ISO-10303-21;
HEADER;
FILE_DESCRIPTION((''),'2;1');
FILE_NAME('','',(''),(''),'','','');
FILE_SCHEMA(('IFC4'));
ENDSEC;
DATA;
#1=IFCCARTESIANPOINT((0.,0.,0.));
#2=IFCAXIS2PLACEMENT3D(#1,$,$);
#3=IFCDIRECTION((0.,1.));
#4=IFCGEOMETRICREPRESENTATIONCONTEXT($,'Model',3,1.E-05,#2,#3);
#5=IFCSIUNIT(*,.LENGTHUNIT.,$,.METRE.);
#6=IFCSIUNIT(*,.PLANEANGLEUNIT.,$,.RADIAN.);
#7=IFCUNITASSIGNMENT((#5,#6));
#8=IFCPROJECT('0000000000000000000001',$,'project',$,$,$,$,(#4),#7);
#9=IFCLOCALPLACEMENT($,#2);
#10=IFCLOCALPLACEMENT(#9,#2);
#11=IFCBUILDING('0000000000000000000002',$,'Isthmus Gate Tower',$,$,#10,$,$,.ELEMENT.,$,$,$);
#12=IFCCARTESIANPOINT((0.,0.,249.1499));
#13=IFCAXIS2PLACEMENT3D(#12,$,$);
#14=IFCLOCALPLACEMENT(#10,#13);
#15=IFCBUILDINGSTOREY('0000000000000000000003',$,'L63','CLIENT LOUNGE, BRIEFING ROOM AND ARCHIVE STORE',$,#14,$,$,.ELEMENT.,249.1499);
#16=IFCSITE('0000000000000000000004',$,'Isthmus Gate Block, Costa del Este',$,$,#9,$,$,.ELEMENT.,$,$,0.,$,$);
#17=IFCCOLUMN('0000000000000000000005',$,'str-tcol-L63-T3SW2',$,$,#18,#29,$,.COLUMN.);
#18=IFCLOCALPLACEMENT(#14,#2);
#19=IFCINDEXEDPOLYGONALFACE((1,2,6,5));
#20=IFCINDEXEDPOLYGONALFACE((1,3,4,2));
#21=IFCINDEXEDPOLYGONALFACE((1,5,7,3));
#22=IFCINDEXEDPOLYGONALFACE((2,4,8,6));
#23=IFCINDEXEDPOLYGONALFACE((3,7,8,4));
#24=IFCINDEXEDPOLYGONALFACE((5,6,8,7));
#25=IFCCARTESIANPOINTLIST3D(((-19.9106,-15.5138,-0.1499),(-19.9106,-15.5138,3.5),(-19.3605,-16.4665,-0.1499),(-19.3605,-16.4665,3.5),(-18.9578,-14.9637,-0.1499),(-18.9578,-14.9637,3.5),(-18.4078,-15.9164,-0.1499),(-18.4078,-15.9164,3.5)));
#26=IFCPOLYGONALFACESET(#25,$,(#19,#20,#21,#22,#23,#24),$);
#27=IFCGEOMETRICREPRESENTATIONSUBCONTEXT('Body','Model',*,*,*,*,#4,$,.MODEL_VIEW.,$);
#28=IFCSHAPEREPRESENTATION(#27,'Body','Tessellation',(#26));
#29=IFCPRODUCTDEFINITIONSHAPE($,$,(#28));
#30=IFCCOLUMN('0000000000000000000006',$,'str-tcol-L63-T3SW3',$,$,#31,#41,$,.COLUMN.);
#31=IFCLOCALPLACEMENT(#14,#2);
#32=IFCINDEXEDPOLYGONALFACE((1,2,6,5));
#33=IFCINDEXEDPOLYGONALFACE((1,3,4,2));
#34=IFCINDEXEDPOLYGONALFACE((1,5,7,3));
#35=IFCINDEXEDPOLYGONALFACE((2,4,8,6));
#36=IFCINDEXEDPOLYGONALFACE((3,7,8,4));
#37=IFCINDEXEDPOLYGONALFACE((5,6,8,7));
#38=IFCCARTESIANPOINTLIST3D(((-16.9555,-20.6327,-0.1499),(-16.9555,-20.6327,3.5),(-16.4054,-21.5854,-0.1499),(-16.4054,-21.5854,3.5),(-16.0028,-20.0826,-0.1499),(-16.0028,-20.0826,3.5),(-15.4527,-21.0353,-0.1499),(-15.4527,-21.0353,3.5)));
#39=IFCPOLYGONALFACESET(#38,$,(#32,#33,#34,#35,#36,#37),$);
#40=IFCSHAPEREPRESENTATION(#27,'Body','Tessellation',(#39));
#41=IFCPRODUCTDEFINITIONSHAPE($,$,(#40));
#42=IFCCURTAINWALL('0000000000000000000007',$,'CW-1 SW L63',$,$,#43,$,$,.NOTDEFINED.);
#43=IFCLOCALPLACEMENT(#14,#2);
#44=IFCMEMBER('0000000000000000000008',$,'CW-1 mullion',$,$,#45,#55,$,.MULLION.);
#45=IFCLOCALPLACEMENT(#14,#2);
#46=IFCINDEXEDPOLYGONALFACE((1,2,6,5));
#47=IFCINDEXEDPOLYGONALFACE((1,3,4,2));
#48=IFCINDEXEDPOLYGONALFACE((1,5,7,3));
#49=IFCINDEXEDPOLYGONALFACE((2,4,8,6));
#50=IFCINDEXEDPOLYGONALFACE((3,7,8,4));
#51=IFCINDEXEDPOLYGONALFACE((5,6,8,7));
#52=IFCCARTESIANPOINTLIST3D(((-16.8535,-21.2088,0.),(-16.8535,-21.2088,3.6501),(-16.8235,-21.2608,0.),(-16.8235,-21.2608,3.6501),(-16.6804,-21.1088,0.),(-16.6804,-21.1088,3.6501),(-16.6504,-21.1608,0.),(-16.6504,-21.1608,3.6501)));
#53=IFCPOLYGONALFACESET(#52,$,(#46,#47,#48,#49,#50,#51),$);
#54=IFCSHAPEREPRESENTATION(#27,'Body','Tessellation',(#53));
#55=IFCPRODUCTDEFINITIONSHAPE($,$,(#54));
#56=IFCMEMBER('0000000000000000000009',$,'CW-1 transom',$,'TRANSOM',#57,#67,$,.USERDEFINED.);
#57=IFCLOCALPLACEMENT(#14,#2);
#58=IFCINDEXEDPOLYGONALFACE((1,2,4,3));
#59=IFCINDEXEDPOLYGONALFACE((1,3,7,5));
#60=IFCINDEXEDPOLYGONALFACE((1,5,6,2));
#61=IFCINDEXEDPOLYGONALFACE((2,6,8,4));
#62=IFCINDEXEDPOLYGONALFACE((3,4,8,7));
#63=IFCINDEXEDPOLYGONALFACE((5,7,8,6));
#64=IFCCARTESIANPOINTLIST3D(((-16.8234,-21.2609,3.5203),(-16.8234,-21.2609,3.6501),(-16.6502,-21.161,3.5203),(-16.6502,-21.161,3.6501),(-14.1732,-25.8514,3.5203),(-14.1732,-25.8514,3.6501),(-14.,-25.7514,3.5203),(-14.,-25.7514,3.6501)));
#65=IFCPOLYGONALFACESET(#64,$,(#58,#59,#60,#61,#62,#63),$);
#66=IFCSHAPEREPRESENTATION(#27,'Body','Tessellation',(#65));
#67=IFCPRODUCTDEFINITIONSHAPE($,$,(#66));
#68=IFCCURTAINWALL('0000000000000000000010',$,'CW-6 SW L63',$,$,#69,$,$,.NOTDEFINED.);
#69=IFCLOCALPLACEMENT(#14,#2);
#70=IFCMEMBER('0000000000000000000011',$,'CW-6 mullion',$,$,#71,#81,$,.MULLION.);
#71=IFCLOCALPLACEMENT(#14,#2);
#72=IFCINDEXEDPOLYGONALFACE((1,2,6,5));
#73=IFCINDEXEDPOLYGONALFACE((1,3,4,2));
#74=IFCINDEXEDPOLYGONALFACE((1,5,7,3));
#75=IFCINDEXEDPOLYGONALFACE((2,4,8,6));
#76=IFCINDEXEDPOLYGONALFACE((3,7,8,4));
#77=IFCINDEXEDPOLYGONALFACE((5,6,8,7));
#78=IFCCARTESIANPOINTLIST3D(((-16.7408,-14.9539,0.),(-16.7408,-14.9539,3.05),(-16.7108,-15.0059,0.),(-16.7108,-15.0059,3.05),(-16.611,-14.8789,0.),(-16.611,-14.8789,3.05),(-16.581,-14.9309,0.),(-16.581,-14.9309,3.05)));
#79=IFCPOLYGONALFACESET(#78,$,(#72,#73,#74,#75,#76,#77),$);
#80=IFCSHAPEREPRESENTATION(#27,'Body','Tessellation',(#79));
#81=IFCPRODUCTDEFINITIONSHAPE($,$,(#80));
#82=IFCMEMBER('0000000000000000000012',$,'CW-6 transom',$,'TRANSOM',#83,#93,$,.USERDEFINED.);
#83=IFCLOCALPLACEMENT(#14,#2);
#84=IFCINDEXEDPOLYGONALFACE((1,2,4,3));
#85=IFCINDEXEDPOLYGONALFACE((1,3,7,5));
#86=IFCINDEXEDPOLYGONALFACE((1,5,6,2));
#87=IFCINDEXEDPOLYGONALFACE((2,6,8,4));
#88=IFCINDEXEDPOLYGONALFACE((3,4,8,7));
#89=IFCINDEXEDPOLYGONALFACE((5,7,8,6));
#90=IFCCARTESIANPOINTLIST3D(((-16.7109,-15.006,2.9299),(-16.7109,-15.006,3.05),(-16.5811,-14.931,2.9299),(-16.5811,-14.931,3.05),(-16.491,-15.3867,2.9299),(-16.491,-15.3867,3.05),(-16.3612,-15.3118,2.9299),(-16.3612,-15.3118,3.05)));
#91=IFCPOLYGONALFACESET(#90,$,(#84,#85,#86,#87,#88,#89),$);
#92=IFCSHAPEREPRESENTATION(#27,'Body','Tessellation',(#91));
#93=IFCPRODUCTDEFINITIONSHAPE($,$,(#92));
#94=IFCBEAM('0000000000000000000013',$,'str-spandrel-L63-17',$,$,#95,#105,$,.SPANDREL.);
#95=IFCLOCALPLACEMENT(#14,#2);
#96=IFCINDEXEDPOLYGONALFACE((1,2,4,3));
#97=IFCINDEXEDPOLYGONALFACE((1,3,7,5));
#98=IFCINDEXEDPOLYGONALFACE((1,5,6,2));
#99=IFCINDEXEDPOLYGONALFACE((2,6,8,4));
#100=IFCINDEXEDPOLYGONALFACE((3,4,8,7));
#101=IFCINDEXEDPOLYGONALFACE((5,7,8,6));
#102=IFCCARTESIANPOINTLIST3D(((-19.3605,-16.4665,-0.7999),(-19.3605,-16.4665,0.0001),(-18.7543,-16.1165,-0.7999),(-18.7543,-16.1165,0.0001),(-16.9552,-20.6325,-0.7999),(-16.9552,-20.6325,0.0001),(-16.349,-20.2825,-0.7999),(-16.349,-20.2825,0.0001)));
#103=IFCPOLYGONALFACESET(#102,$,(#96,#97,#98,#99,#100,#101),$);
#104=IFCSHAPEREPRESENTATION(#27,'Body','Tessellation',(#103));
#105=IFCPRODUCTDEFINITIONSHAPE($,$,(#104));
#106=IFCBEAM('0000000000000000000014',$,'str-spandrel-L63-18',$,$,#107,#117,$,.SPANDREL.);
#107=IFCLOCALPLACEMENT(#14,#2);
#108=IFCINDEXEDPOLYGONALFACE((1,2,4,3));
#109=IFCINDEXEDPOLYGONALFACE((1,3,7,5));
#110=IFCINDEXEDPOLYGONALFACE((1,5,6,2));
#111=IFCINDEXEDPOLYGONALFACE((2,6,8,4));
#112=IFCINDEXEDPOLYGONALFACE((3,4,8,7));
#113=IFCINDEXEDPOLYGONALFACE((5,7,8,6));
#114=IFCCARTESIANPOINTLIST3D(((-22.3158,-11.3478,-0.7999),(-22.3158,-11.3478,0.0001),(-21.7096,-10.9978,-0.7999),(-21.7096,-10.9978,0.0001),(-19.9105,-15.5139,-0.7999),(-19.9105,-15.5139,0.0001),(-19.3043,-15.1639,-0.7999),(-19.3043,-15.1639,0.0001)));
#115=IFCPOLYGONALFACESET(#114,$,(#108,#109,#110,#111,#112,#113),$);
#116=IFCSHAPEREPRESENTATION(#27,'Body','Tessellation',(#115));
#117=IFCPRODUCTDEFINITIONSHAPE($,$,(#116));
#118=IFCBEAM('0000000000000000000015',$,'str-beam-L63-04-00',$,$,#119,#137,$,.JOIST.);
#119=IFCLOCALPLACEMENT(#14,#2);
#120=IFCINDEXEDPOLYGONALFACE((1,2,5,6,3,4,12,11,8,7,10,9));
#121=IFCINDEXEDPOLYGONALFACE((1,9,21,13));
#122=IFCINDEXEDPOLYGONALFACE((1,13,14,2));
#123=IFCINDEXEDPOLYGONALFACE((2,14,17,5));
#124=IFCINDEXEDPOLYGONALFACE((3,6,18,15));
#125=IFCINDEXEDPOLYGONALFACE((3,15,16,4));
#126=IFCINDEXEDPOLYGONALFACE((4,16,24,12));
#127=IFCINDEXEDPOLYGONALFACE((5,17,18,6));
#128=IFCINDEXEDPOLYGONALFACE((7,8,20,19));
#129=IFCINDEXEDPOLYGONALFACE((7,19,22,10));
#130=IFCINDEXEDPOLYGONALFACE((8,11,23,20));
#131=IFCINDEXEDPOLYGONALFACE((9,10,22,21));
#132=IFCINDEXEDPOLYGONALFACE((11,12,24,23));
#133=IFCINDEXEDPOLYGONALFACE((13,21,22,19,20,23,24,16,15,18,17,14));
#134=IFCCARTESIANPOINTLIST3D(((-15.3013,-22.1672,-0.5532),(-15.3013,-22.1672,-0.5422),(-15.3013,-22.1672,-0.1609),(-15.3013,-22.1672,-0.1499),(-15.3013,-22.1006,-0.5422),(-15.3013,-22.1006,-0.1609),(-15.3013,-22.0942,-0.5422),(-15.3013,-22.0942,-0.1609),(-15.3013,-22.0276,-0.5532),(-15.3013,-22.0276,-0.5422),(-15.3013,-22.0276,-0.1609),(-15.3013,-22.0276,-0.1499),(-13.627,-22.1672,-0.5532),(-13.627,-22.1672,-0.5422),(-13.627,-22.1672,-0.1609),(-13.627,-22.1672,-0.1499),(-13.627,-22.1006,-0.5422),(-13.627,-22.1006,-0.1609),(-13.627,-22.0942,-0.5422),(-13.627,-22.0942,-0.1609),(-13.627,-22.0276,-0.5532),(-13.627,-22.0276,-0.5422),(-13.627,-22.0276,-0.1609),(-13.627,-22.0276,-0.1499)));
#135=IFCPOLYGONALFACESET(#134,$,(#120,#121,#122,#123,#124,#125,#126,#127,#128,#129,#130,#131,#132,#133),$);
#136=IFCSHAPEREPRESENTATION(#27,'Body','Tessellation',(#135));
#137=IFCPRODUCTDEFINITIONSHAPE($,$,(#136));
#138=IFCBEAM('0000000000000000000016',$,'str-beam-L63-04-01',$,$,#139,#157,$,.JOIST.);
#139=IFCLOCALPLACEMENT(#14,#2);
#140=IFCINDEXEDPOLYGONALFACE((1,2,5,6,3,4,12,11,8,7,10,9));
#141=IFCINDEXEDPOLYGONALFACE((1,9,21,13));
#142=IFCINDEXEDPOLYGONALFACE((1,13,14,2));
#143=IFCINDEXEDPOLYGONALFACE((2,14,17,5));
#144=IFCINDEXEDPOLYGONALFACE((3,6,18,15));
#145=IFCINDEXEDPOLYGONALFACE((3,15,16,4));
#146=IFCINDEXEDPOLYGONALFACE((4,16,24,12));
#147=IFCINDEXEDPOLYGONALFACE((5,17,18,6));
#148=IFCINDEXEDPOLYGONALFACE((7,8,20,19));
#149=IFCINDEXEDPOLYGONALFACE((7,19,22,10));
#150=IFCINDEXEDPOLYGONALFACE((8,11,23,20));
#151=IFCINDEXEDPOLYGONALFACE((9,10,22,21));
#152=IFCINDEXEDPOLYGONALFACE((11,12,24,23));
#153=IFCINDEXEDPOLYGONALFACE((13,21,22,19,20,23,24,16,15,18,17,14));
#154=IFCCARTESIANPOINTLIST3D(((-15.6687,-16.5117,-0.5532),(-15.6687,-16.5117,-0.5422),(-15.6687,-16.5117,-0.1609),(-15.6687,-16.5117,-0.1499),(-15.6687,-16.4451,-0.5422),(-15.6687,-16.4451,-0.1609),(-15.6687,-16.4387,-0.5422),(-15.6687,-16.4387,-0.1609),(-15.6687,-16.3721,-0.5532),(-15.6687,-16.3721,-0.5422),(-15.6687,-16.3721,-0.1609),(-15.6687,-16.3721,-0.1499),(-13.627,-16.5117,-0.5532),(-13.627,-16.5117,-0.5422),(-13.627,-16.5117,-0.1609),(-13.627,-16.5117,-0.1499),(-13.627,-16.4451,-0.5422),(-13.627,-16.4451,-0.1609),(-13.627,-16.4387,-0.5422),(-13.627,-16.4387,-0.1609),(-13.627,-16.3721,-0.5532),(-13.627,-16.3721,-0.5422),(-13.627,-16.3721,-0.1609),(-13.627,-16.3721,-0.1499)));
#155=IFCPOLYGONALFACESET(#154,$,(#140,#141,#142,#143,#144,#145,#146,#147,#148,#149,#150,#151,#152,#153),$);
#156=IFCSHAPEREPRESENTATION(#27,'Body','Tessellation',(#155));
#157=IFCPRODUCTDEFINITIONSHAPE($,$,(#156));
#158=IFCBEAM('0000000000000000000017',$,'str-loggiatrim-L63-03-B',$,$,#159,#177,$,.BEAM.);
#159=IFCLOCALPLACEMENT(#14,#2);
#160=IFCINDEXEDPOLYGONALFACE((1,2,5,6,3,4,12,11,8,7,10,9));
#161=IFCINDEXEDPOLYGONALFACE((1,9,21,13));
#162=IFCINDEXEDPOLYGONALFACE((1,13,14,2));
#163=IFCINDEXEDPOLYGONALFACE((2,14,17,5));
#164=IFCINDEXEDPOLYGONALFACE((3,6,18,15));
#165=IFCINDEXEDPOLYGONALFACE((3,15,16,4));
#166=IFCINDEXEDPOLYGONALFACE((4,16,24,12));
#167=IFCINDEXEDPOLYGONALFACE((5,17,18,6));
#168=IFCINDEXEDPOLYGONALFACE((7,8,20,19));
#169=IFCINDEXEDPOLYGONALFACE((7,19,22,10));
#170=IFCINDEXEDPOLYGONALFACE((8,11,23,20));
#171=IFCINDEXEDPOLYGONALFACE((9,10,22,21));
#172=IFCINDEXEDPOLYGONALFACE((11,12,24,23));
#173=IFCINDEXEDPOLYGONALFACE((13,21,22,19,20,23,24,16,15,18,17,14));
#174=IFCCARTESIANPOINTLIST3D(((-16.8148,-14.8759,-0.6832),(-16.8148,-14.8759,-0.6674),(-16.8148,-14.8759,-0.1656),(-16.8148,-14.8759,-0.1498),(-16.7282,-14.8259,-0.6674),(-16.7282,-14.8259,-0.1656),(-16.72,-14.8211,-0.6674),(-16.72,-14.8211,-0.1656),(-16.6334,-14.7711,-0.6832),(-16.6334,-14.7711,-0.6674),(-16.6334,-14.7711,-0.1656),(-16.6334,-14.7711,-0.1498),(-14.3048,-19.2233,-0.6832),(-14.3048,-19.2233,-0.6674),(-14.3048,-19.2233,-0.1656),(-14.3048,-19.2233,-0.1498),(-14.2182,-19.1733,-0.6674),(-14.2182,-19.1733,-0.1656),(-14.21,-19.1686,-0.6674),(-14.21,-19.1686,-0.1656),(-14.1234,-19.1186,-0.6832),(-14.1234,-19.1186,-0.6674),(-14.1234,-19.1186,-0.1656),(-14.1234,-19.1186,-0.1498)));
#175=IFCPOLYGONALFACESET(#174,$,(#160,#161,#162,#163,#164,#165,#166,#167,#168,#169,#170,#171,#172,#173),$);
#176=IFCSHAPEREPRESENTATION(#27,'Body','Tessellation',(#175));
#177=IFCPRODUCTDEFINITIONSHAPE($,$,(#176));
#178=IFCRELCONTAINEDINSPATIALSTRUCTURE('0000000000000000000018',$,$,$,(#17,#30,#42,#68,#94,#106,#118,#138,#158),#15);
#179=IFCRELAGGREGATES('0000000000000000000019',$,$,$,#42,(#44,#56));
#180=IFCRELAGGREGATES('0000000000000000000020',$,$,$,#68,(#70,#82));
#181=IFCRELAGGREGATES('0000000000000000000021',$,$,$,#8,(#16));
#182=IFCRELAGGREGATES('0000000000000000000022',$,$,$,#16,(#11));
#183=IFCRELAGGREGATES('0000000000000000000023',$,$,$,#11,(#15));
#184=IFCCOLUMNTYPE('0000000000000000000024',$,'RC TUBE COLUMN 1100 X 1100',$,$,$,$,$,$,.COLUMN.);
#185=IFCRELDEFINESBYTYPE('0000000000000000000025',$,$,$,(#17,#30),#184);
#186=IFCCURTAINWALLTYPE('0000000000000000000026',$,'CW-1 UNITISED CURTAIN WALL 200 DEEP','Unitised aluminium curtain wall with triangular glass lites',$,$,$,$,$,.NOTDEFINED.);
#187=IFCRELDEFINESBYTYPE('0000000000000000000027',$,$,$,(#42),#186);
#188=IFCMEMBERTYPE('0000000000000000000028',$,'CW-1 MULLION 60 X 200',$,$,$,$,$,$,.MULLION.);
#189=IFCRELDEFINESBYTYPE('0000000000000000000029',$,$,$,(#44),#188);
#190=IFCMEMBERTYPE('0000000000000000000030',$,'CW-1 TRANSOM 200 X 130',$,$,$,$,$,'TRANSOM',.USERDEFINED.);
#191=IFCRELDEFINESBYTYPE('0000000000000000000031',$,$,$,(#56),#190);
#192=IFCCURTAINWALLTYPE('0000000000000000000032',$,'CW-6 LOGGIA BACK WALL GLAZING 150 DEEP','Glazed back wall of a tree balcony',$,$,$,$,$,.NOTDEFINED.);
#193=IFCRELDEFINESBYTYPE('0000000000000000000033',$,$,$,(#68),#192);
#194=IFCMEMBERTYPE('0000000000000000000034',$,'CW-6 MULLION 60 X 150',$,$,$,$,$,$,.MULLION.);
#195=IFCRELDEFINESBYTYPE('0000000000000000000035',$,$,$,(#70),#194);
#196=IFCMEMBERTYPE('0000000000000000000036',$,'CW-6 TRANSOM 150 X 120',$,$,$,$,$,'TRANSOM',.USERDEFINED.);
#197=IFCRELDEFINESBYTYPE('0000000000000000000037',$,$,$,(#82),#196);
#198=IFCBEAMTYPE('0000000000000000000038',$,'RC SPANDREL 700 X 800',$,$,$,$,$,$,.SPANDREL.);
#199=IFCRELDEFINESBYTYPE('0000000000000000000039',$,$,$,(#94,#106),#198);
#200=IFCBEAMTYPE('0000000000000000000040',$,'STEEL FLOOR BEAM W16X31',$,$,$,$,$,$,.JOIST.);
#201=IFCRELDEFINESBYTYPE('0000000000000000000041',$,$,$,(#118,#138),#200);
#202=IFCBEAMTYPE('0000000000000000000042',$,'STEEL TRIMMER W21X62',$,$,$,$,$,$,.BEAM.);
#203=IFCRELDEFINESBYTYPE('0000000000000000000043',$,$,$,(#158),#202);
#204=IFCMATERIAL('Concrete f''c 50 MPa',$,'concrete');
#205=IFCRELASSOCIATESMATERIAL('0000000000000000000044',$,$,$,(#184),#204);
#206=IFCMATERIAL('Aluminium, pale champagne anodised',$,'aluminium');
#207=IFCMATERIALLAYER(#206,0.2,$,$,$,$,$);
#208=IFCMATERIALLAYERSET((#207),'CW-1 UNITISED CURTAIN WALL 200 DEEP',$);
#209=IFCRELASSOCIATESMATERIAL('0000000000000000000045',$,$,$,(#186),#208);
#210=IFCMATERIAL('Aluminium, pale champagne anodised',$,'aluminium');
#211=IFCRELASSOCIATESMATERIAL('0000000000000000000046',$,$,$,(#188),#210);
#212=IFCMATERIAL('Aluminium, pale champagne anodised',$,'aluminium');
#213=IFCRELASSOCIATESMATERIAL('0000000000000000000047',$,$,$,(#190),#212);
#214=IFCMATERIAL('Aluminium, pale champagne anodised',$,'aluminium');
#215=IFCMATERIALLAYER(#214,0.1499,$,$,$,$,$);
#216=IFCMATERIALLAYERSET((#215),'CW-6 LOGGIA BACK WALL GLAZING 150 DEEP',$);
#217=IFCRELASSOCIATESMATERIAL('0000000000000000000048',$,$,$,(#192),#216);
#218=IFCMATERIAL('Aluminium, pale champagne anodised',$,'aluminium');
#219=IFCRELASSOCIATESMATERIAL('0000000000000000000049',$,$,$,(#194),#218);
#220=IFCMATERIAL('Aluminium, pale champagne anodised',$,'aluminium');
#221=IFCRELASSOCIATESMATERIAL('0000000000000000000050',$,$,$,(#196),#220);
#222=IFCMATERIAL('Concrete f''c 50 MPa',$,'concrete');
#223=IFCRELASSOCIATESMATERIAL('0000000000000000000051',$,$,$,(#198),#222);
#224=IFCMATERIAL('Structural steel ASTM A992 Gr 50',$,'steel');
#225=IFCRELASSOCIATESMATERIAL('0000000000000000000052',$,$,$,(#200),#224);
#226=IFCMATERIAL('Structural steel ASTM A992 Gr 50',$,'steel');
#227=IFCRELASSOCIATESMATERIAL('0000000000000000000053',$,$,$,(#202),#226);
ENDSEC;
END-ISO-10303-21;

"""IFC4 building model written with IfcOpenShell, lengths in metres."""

from ifc_helpers import new_model, si_unit, direction, frame, origin, origin_2d, place, context, subcontext, project, spatial, rectangle, i_section, extrude, material, layer, layer_set, material_profile, profile_set, type_object, element, aggregate, save


model = new_model("IFC4")

# Units and contexts
model_context = context("Model", 3, precision=1e-05, world=origin(), true_north=direction((0.0, 1.0)))
body_context = subcontext(model_context, "Body", "Model", "MODEL_VIEW")
ifc_project = project(units=[si_unit("LENGTHUNIT", "METRE"), si_unit("PLANEANGLEUNIT", "RADIAN")], contexts=[model_context])

# Site, building, storey
site_placement = place(None, origin())
site = spatial("IfcSite", under=ifc_project, at=site_placement, Name="Isthmus Gate Block, Costa del Este", CompositionType="ELEMENT", RefElevation=0.0)
building_placement = place(site_placement, origin())
building = spatial("IfcBuilding", under=site, at=building_placement, Name="Isthmus Gate Tower", CompositionType="ELEMENT")
storey_placement = place(building_placement, frame((0.0, 0.0, 249.1499)))
storey = spatial("IfcBuildingStorey", under=building, at=storey_placement, Name="L63", Description="CLIENT LOUNGE, BRIEFING ROOM AND ARCHIVE STORE", CompositionType="ELEMENT", Elevation=249.1499)

# Columns
ifc_material_1 = material(Name="Concrete f'c 50 MPa", Category="concrete")
ifc_material_profile_1 = material_profile(ifc_material_1, rectangle(XDim=1.1001, YDim=1.1001, at=origin_2d()), Name="RC 1100X1100")
ifc_profile_set_1 = profile_set([ifc_material_profile_1], Name="Concrete f'c 50 MPa")
column_type = type_object("IfcColumnType", Name="RC TUBE COLUMN 1100 X 1100", PredefinedType="COLUMN", material=ifc_profile_set_1)
for number, where, z_axis, x_axis, name in (
    (1, (-19.1592, -15.7151, -0.1499), (0.0, 0.0, 1.0), (0.5, -0.866025, 0.0), "str-tcol-L63-T3SW2"),
    (2, (-16.2041, -20.834, -0.1499), (0.0, 0.0, 1.0), (0.5, -0.866025, 0.0), "str-tcol-L63-T3SW3"),
):
    element("IfcColumn", number, at=place(storey_placement, frame(where, z_axis=z_axis, x_axis=x_axis)), inside=storey, type_object=column_type, Name=name, PredefinedType="COLUMN", context=body_context, shape_type="SweptSolid", body=[
        extrude(rectangle(XDim=1.1001, YDim=1.1001, at=origin_2d()), origin(), (0.0, 0.0, 1.0), 3.6499),
    ])

# Curtain walls, members
ifc_material_2 = material(Name="Aluminium, pale champagne anodised", Category="aluminium")
ifc_layer_1 = layer(ifc_material_2, 0.2)
ifc_layer_set_1 = layer_set([ifc_layer_1], Name="CW-1 UNITISED CURTAIN WALL 200 DEEP")
curtain_wall_type_1 = type_object("IfcCurtainWallType", Name="CW-1 UNITISED CURTAIN WALL 200 DEEP", Description="Unitised aluminium curtain wall with triangular glass lites", PredefinedType="NOTDEFINED", material=ifc_layer_set_1)
curtain_wall_1_placement = place(storey_placement, origin())
curtain_wall_1 = element("IfcCurtainWall", 3, at=curtain_wall_1_placement, inside=storey, type_object=curtain_wall_type_1, Name="CW-1 SW L63", PredefinedType="NOTDEFINED")
ifc_material_3 = material(Name="Aluminium, pale champagne anodised", Category="aluminium")
ifc_material_profile_2 = material_profile(ifc_material_3, rectangle(XDim=0.0601, YDim=0.2, at=origin_2d()), Name="60x200")
ifc_profile_set_2 = profile_set([ifc_material_profile_2], Name="Aluminium, pale champagne anodised")
member_type_1 = type_object("IfcMemberType", Name="CW-1 MULLION 60 X 200", PredefinedType="MULLION", material=ifc_profile_set_2)
member_1_placement = place(storey_placement, frame((-16.752, -21.1848, 0.0), z_axis=(0.0, 0.0, 1.0), x_axis=(0.5, -0.866025, 0.0)))
member_1 = element("IfcMember", 4, at=member_1_placement, type_object=member_type_1, Name="CW-1 mullion", PredefinedType="MULLION", context=body_context, shape_type="SweptSolid", body=[
    extrude(rectangle(XDim=0.0601, YDim=0.2, at=origin_2d()), origin(), (0.0, 0.0, 1.0), 3.6501),
])
ifc_material_4 = material(Name="Aluminium, pale champagne anodised", Category="aluminium")
ifc_material_profile_3 = material_profile(ifc_material_4, rectangle(XDim=0.2, YDim=0.1299, at=origin_2d()), Name="200x130")
ifc_profile_set_3 = profile_set([ifc_material_profile_3], Name="Aluminium, pale champagne anodised")
member_type_2 = type_object("IfcMemberType", Name="CW-1 TRANSOM 200 X 130", ElementType="TRANSOM", PredefinedType="USERDEFINED", material=ifc_profile_set_3)
member_2_placement = place(storey_placement, frame((-16.7368, -21.2109, 3.5852), z_axis=(0.499988, -0.866032, 0.0), x_axis=(0.866032, 0.499988, 0.0)))
member_2 = element("IfcMember", 5, at=member_2_placement, type_object=member_type_2, Name="CW-1 transom", ObjectType="TRANSOM", PredefinedType="USERDEFINED", context=body_context, shape_type="SweptSolid", body=[
    extrude(rectangle(XDim=0.2, YDim=0.1299, at=origin_2d()), origin(), (0.0, 0.0, 1.0), 5.3005),
])
ifc_material_5 = material(Name="Aluminium, pale champagne anodised", Category="aluminium")
ifc_layer_2 = layer(ifc_material_5, 0.1499)
ifc_layer_set_2 = layer_set([ifc_layer_2], Name="CW-6 LOGGIA BACK WALL GLAZING 150 DEEP")
curtain_wall_type_2 = type_object("IfcCurtainWallType", Name="CW-6 LOGGIA BACK WALL GLAZING 150 DEEP", Description="Glazed back wall of a tree balcony", PredefinedType="NOTDEFINED", material=ifc_layer_set_2)
curtain_wall_2_placement = place(storey_placement, origin())
curtain_wall_2 = element("IfcCurtainWall", 6, at=curtain_wall_2_placement, inside=storey, type_object=curtain_wall_type_2, Name="CW-6 SW L63", PredefinedType="NOTDEFINED")
ifc_material_6 = material(Name="Aluminium, pale champagne anodised", Category="aluminium")
ifc_material_profile_4 = material_profile(ifc_material_6, rectangle(XDim=0.0601, YDim=0.1499, at=origin_2d()), Name="60x150")
ifc_profile_set_4 = profile_set([ifc_material_profile_4], Name="Aluminium, pale champagne anodised")
member_type_3 = type_object("IfcMemberType", Name="CW-6 MULLION 60 X 150", PredefinedType="MULLION", material=ifc_profile_set_4)
member_3_placement = place(storey_placement, frame((-16.6609, -14.9424, 0.0), z_axis=(0.0, 0.0, 1.0), x_axis=(0.5, -0.866025, 0.0)))
member_3 = element("IfcMember", 7, at=member_3_placement, type_object=member_type_3, Name="CW-6 mullion", PredefinedType="MULLION", context=body_context, shape_type="SweptSolid", body=[
    extrude(rectangle(XDim=0.0601, YDim=0.1499, at=origin_2d()), origin(), (0.0, 0.0, 1.0), 3.05),
])
ifc_material_7 = material(Name="Aluminium, pale champagne anodised", Category="aluminium")
ifc_material_profile_5 = material_profile(ifc_material_7, rectangle(XDim=0.1499, YDim=0.1201, at=origin_2d()), Name="150x120")
ifc_profile_set_5 = profile_set([ifc_material_profile_5], Name="Aluminium, pale champagne anodised")
member_type_4 = type_object("IfcMemberType", Name="CW-6 TRANSOM 150 X 120", ElementType="TRANSOM", PredefinedType="USERDEFINED", material=ifc_profile_set_5)
member_4_placement = place(storey_placement, frame((-16.646, -14.9685, 2.99), z_axis=(0.500139, -0.865945, 0.0), x_axis=(0.865945, 0.500139, 0.0)))
member_4 = element("IfcMember", 8, at=member_4_placement, type_object=member_type_4, Name="CW-6 transom", ObjectType="TRANSOM", PredefinedType="USERDEFINED", context=body_context, shape_type="SweptSolid", body=[
    extrude(rectangle(XDim=0.1499, YDim=0.1201, at=origin_2d()), origin(), (0.0, 0.0, 1.0), 0.4397),
])

# Beams
ifc_material_8 = material(Name="Concrete f'c 50 MPa", Category="concrete")
ifc_material_profile_6 = material_profile(ifc_material_8, rectangle(XDim=0.7, YDim=0.8, at=origin_2d()), Name="RC 700X800")
ifc_profile_set_6 = profile_set([ifc_material_profile_6], Name="Concrete f'c 50 MPa")
beam_type_1 = type_object("IfcBeamType", Name="RC SPANDREL 700 X 800", PredefinedType="SPANDREL", material=ifc_profile_set_6)
for number, where, z_axis, x_axis, name in (
    (9, (-16.6521, -20.4575, -0.3999), (-0.500004, 0.866023, 0.0), (-0.866023, -0.500004, 0.0), "str-spandrel-L63-17"),
    (10, (-19.6074, -15.3389, -0.3999), (-0.500004, 0.866023, 0.0), (-0.866023, -0.500004, 0.0), "str-spandrel-L63-18"),
):
    element("IfcBeam", number, at=place(storey_placement, frame(where, z_axis=z_axis, x_axis=x_axis)), inside=storey, type_object=beam_type_1, Name=name, PredefinedType="SPANDREL", context=body_context, shape_type="SweptSolid", body=[
        extrude(rectangle(XDim=0.7, YDim=0.8, at=origin_2d()), origin(), (0.0, 0.0, 1.0), 4.8105),
    ])
ifc_material_9 = material(Name="Structural steel ASTM A992 Gr 50", Category="steel")
ifc_material_profile_7 = material_profile(ifc_material_9, i_section(OverallWidth=0.1396, OverallDepth=0.4033, WebThickness=0.0063, FlangeThickness=0.011, at=origin_2d()), Name="W16X31")
ifc_profile_set_7 = profile_set([ifc_material_profile_7], Name="Structural steel ASTM A992 Gr 50")
beam_type_2 = type_object("IfcBeamType", Name="STEEL FLOOR BEAM W16X31", PredefinedType="JOIST", material=ifc_profile_set_7)
beam_1_placement = place(storey_placement, frame((-15.3013, -22.0974, -0.3516), z_axis=(1.0, 0.0, 0.0), x_axis=(0.0, 1.0, 0.0)))
element("IfcBeam", 11, at=beam_1_placement, inside=storey, type_object=beam_type_2, Name="str-beam-L63-04-00", PredefinedType="JOIST", context=body_context, shape_type="SweptSolid", body=[
    extrude(i_section(OverallWidth=0.1396, OverallDepth=0.4033, WebThickness=0.0063, FlangeThickness=0.011, at=origin_2d()), origin(), (0.0, 0.0, 1.0), 1.6743),
])
beam_2_placement = place(storey_placement, frame((-15.6687, -16.4419, -0.3516), z_axis=(1.0, 0.0, 0.0), x_axis=(0.0, 1.0, 0.0)))
element("IfcBeam", 12, at=beam_2_placement, inside=storey, type_object=beam_type_2, Name="str-beam-L63-04-01", PredefinedType="JOIST", context=body_context, shape_type="SweptSolid", body=[
    extrude(i_section(OverallWidth=0.1396, OverallDepth=0.4033, WebThickness=0.0063, FlangeThickness=0.011, at=origin_2d()), origin(), (0.0, 0.0, 1.0), 2.0417),
])
ifc_material_10 = material(Name="Structural steel ASTM A992 Gr 50", Category="steel")
ifc_material_profile_8 = material_profile(ifc_material_10, i_section(OverallWidth=0.2095, OverallDepth=0.5334, WebThickness=0.0095, FlangeThickness=0.0159, at=origin_2d()), Name="W21X62")
ifc_profile_set_8 = profile_set([ifc_material_profile_8], Name="Structural steel ASTM A992 Gr 50")
beam_type_3 = type_object("IfcBeamType", Name="STEEL TRIMMER W21X62", PredefinedType="BEAM", material=ifc_profile_set_8)
beam_3_placement = place(storey_placement, frame((-16.7241, -14.8235, -0.4165), z_axis=(0.500005, -0.866023, 0.0), x_axis=(0.866023, 0.500005, 0.0)))
element("IfcBeam", 13, at=beam_3_placement, inside=storey, type_object=beam_type_3, Name="str-loggiatrim-L63-03-B", PredefinedType="BEAM", context=body_context, shape_type="SweptSolid", body=[
    extrude(i_section(OverallWidth=0.2095, OverallDepth=0.5334, WebThickness=0.0095, FlangeThickness=0.0159, at=origin_2d()), origin(), (0.0, 0.0, 1.0), 5.02),
])

aggregate(curtain_wall_1, [member_1, member_2])
aggregate(curtain_wall_2, [member_3, member_4])

save(model, "model.ifc")
